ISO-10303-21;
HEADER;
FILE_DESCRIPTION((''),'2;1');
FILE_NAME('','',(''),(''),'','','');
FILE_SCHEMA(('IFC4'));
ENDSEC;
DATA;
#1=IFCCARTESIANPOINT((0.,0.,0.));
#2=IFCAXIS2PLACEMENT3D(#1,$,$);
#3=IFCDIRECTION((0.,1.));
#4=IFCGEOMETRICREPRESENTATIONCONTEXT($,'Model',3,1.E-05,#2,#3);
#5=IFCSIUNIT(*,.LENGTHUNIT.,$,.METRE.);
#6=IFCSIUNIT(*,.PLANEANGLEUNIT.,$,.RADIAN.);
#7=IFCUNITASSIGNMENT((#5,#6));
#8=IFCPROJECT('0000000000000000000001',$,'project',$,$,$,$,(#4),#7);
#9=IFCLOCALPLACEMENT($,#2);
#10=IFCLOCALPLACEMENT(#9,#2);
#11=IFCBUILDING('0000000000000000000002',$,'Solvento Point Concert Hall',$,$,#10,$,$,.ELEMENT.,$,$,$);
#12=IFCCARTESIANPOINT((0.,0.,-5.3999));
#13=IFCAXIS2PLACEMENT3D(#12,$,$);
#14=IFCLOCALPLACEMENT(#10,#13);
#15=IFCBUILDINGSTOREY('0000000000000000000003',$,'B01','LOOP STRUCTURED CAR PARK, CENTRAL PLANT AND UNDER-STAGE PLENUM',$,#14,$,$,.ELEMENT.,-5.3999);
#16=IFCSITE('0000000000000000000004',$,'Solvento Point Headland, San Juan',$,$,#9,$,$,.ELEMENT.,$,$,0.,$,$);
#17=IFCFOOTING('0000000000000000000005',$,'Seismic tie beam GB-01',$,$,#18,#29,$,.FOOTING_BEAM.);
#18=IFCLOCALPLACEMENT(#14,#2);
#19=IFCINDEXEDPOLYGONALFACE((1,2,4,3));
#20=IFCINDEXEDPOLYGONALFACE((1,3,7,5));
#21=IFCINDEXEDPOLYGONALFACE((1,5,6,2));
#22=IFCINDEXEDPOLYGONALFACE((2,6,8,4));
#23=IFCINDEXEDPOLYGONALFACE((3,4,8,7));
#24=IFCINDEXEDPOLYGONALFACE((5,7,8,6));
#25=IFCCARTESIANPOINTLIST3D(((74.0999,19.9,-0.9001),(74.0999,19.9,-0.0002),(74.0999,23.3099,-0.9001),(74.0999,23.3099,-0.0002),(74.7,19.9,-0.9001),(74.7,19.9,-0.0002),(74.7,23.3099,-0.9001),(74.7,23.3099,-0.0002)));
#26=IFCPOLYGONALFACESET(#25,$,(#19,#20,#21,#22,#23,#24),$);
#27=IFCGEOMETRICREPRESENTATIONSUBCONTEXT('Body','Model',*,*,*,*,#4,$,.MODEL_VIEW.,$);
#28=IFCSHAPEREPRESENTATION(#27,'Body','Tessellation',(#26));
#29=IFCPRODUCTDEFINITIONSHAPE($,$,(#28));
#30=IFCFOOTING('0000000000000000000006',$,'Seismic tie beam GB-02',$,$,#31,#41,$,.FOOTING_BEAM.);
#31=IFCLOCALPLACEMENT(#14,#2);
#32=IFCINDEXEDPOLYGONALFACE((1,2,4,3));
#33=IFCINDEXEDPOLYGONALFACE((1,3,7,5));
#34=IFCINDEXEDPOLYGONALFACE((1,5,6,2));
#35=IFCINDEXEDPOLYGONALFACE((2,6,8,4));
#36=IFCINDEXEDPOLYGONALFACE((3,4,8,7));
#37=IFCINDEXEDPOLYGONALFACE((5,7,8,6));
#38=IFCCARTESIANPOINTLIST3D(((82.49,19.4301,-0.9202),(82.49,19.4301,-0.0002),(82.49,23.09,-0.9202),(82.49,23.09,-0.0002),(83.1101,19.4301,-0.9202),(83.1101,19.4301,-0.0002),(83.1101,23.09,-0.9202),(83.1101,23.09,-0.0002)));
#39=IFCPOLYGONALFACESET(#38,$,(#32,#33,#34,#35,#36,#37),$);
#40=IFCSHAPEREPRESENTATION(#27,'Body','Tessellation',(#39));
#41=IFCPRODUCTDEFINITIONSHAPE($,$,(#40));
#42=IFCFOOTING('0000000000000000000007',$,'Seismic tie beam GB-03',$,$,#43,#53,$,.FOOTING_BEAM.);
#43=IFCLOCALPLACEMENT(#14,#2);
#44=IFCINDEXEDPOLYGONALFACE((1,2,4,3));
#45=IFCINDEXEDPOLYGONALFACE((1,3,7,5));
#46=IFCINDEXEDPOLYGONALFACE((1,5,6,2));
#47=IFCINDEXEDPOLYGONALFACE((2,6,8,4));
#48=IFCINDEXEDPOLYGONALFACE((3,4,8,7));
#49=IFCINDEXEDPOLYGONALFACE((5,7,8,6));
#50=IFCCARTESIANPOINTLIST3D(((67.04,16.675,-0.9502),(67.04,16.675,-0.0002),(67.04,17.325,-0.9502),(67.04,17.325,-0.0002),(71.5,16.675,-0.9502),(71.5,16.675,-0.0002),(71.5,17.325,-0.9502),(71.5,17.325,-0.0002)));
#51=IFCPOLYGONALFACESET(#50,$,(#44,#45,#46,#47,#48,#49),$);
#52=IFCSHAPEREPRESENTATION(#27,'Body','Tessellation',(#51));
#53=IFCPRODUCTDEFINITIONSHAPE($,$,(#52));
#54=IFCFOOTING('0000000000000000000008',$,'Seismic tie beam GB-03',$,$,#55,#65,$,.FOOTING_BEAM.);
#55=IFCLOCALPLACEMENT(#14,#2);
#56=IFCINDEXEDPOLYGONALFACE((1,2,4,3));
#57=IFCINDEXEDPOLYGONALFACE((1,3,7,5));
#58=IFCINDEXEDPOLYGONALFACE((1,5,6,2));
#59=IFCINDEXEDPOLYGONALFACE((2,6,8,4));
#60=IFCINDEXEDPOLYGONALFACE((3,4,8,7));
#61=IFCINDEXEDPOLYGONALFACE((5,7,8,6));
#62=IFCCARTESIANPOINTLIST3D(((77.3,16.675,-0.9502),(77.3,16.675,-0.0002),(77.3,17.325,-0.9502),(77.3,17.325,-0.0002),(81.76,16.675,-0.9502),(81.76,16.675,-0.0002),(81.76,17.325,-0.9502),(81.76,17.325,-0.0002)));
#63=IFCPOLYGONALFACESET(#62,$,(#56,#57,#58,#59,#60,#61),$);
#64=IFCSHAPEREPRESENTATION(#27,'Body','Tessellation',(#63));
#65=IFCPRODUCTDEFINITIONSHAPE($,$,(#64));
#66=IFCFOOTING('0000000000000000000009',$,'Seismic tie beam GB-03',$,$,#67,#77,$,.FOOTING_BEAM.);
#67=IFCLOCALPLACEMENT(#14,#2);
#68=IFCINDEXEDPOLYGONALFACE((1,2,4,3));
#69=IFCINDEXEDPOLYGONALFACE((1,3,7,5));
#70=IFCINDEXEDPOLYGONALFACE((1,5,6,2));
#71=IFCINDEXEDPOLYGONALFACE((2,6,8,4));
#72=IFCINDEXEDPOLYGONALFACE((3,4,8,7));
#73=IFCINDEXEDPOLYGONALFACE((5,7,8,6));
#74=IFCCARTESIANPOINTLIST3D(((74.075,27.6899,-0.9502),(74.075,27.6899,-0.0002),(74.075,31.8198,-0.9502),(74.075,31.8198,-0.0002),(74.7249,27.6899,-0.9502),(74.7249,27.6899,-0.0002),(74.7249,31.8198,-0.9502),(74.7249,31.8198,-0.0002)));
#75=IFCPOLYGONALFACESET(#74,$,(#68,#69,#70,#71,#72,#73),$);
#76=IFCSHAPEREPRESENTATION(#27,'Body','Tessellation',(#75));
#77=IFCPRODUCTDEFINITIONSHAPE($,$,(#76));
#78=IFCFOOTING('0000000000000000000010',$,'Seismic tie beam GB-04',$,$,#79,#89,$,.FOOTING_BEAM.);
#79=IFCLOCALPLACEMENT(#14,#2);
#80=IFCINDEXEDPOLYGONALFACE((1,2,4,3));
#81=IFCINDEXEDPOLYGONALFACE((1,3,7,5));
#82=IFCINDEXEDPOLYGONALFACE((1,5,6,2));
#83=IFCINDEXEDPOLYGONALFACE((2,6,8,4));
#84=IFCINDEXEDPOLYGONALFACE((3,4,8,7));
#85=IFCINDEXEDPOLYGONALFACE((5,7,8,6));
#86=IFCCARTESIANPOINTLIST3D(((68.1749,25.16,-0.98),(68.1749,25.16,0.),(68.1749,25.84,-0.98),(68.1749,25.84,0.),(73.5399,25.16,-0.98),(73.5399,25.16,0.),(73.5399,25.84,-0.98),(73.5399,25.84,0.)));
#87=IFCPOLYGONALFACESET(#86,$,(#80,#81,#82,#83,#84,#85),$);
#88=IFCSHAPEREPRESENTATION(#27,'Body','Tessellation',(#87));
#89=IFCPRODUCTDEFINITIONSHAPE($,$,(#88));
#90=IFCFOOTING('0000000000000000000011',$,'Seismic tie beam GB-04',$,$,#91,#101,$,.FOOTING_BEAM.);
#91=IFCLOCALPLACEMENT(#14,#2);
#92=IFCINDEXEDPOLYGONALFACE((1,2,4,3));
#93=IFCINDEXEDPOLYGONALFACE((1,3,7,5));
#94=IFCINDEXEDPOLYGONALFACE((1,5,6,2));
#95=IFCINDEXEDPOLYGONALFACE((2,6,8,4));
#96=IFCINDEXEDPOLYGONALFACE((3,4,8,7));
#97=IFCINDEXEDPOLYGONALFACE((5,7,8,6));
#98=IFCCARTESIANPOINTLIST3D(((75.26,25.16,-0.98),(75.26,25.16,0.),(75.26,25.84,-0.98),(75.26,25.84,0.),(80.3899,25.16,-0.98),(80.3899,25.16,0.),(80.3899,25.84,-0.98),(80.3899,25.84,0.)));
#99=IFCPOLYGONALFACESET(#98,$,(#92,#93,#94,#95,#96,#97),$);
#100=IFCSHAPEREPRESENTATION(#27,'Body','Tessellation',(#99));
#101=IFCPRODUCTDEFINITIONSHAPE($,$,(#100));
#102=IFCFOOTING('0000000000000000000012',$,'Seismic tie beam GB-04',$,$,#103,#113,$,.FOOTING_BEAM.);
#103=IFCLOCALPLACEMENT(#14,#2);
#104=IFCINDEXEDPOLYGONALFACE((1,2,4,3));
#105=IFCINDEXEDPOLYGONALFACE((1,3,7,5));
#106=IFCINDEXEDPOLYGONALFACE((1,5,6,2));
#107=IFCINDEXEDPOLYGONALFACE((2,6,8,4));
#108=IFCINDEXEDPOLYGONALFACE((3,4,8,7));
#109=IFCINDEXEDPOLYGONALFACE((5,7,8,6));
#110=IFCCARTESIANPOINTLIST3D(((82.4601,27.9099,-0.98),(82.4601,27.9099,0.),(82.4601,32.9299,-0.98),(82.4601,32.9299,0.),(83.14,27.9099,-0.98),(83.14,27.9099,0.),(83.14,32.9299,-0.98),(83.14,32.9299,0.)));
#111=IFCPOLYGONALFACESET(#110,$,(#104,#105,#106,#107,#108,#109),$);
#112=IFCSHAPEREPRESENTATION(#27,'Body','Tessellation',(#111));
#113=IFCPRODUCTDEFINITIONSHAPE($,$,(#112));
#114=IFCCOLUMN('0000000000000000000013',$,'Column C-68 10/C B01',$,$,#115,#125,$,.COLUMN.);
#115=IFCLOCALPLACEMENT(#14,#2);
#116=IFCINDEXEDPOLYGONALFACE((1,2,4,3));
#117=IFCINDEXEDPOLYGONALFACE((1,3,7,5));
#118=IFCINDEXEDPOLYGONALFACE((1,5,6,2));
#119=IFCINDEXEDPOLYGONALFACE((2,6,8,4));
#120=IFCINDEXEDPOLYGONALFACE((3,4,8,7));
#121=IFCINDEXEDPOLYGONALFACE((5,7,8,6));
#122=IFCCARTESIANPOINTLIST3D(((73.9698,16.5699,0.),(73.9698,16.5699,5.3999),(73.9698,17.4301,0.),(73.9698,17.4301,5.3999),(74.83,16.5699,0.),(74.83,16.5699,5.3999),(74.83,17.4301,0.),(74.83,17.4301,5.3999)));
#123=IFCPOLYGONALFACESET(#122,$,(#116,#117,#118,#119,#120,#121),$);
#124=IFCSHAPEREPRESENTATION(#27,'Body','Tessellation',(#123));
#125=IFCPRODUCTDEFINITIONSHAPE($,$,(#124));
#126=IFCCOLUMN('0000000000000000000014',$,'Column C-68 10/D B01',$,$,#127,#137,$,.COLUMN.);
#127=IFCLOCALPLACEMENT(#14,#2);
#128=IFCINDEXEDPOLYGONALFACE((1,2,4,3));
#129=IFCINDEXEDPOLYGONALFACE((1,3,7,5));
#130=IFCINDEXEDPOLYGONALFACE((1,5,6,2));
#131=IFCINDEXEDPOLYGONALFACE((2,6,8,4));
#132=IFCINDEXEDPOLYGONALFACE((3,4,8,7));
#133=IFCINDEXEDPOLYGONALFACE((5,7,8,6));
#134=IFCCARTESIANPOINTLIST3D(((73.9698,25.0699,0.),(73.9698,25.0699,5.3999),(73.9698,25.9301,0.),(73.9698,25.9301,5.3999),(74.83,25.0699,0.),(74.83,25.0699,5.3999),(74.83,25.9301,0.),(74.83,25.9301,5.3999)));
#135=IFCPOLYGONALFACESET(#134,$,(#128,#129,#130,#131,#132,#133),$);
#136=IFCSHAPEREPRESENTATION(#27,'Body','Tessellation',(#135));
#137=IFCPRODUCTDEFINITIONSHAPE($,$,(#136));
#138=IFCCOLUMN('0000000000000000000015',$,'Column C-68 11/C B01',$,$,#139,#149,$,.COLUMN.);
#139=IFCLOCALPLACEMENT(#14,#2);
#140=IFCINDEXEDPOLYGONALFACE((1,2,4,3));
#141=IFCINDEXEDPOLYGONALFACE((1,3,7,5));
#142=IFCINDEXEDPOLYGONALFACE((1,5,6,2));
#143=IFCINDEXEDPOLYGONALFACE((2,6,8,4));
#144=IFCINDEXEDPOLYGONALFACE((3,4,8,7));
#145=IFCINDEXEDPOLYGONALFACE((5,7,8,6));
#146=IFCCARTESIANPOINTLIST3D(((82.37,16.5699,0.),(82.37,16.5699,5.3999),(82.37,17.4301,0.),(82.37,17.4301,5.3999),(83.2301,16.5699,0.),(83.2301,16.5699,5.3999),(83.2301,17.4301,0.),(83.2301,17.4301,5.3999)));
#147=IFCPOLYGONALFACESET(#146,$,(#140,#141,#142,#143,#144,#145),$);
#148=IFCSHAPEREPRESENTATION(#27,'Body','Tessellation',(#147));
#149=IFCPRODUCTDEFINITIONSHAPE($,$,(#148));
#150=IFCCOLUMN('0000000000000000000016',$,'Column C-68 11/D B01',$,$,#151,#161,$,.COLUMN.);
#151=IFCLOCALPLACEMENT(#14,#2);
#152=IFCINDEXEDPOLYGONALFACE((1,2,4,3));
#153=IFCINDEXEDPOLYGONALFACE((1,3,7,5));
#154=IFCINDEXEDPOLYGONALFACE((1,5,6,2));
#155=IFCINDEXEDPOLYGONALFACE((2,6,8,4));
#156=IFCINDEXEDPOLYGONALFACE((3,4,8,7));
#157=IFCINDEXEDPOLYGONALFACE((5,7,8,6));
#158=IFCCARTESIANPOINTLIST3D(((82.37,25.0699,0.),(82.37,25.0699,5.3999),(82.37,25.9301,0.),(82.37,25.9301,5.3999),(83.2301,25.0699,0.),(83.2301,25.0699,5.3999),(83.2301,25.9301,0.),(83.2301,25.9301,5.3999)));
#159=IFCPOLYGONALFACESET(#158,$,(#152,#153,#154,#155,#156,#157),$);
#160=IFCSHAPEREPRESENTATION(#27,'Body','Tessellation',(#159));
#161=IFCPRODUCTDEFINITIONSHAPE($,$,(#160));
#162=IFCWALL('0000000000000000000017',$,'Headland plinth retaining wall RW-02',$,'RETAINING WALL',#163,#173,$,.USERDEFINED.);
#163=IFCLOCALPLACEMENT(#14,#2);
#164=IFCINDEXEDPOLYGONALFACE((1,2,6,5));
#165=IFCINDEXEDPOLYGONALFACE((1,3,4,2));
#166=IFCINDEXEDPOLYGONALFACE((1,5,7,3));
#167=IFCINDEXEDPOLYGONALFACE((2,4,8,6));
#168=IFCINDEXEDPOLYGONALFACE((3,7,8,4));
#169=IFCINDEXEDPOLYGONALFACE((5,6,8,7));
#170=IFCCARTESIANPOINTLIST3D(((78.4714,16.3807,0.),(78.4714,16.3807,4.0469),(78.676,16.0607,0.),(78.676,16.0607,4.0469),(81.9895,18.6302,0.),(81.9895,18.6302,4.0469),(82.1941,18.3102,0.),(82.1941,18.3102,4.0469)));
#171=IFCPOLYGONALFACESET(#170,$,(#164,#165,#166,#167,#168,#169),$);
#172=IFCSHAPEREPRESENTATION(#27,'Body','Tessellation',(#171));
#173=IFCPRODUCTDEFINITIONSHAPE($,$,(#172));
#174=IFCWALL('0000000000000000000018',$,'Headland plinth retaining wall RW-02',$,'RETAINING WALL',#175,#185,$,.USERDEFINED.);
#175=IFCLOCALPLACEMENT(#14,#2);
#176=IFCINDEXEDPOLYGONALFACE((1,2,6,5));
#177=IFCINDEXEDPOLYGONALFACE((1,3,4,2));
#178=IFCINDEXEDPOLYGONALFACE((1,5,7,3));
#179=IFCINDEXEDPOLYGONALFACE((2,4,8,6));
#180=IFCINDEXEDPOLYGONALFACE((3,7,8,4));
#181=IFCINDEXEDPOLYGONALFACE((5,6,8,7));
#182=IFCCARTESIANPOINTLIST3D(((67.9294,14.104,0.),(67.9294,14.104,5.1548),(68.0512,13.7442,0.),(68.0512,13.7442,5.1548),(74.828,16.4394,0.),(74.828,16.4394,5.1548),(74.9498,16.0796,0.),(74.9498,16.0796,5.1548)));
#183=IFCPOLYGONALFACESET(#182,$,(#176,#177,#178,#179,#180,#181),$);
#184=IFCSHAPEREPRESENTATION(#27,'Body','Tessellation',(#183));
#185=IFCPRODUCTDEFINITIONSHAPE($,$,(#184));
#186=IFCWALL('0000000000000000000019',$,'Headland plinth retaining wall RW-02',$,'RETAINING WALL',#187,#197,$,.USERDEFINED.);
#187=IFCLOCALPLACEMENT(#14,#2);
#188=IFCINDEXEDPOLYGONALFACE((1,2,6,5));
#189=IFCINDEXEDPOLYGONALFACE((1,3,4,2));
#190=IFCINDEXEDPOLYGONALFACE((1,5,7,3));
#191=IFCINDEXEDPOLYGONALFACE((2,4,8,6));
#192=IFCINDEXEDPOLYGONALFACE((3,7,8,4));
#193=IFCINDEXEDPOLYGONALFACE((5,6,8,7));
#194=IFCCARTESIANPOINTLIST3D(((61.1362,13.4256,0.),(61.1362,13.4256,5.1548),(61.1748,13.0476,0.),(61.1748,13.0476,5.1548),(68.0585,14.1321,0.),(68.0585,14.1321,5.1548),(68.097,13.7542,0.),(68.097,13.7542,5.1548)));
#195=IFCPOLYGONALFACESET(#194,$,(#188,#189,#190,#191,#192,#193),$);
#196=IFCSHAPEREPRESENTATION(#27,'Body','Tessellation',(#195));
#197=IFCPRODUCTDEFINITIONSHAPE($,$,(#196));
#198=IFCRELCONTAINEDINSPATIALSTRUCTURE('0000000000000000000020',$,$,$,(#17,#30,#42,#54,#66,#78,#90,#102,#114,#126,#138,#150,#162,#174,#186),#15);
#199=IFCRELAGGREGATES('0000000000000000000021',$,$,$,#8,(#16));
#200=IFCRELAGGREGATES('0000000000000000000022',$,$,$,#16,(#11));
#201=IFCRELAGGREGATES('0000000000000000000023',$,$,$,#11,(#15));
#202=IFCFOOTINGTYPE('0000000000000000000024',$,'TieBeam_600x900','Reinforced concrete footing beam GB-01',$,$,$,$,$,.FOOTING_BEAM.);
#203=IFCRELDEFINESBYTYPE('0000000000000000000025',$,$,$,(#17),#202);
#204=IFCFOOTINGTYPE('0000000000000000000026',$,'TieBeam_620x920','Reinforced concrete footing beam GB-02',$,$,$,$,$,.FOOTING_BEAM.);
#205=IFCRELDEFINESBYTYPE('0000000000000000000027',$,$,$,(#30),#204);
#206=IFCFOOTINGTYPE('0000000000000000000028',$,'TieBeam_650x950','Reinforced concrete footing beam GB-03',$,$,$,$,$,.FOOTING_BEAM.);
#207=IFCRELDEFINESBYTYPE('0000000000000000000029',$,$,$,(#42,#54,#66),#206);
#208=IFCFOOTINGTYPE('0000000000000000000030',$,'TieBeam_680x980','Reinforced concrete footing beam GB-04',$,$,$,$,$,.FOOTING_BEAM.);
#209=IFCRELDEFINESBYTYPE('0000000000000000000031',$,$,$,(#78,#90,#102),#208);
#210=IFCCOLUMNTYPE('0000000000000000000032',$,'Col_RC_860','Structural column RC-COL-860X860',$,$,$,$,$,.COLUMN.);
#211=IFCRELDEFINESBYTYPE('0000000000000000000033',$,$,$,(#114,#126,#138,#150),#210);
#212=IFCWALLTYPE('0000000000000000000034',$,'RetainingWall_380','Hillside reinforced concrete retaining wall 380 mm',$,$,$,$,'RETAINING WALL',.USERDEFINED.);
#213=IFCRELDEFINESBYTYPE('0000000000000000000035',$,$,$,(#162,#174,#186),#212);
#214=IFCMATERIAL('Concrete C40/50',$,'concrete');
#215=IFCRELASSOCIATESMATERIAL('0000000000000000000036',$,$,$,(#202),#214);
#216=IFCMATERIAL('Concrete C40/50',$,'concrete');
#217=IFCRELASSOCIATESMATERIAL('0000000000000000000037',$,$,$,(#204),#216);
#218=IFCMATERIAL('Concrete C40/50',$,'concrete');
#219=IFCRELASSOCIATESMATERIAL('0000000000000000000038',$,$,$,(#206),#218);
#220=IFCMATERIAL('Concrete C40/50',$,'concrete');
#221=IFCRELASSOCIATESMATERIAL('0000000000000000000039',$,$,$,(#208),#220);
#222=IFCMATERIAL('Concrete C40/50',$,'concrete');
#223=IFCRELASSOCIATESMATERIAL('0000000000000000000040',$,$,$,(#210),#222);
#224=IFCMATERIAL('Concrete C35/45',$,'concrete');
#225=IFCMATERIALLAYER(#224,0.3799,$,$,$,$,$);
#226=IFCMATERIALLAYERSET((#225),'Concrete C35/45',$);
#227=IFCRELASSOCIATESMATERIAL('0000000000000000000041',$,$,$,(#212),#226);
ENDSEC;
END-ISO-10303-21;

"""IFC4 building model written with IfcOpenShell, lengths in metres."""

from ifc_helpers import new_model, si_unit, direction, frame, frame_2d, origin, origin_2d, place, context, subcontext, project, spatial, rectangle, extrude, material, layer, layer_set, material_profile, profile_set, type_object, element, save


model = new_model("IFC4")

# Units and contexts
model_context = context("Model", 3, precision=1e-05, world=origin(), true_north=direction((0.0, 1.0)))
body_context = subcontext(model_context, "Body", "Model", "MODEL_VIEW")
ifc_project = project(units=[si_unit("LENGTHUNIT", "METRE"), si_unit("PLANEANGLEUNIT", "RADIAN")], contexts=[model_context])

# Site, building, storey
site_placement = place(None, origin())
site = spatial("IfcSite", under=ifc_project, at=site_placement, Name="Solvento Point Headland, San Juan", CompositionType="ELEMENT", RefElevation=0.0)
building_placement = place(site_placement, origin())
building = spatial("IfcBuilding", under=site, at=building_placement, Name="Solvento Point Concert Hall", CompositionType="ELEMENT")
storey_placement = place(building_placement, frame((0.0, 0.0, -5.3999)))
storey = spatial("IfcBuildingStorey", under=building, at=storey_placement, Name="B01", Description="LOOP STRUCTURED CAR PARK, CENTRAL PLANT AND UNDER-STAGE PLENUM", CompositionType="ELEMENT", Elevation=-5.3999)

# Footings
ifc_material_1 = material(Name="Concrete C40/50", Category="concrete")
footing_type_1 = type_object("IfcFootingType", Name="TieBeam_600x900", Description="Reinforced concrete footing beam GB-01", PredefinedType="FOOTING_BEAM", material=ifc_material_1)
footing_1_placement = place(storey_placement, frame((74.3999, 21.605, -0.9001), z_axis=(0.0, 0.0, 1.0), x_axis=(0.0, 1.0, 0.0)))
element("IfcFooting", 1, at=footing_1_placement, inside=storey, type_object=footing_type_1, Name="Seismic tie beam GB-01", PredefinedType="FOOTING_BEAM", context=body_context, shape_type="SweptSolid", body=[
    extrude(rectangle(XDim=3.4099, YDim=0.6001, at=origin_2d()), origin(), (0.0, 0.0, 1.0), 0.8999),
])
ifc_material_2 = material(Name="Concrete C40/50", Category="concrete")
footing_type_2 = type_object("IfcFootingType", Name="TieBeam_620x920", Description="Reinforced concrete footing beam GB-02", PredefinedType="FOOTING_BEAM", material=ifc_material_2)
footing_2_placement = place(storey_placement, frame((82.8, 21.26, -0.9202), z_axis=(0.0, 0.0, 1.0), x_axis=(0.0, 1.0, 0.0)))
element("IfcFooting", 2, at=footing_2_placement, inside=storey, type_object=footing_type_2, Name="Seismic tie beam GB-02", PredefinedType="FOOTING_BEAM", context=body_context, shape_type="SweptSolid", body=[
    extrude(rectangle(XDim=3.6599, YDim=0.6201, at=origin_2d()), origin(), (0.0, 0.0, 1.0), 0.9199),
])
ifc_material_3 = material(Name="Concrete C40/50", Category="concrete")
footing_type_3 = type_object("IfcFootingType", Name="TieBeam_650x950", Description="Reinforced concrete footing beam GB-03", PredefinedType="FOOTING_BEAM", material=ifc_material_3)
for number, where, z_axis, x_axis, name in (
    (3, (69.27, 17.0, -0.9502), (0.0, 0.0, 1.0), (1.0, 0.0, 0.0), "Seismic tie beam GB-03"),
    (4, (79.53, 17.0, -0.9502), (0.0, 0.0, 1.0), (1.0, 0.0, 0.0), "Seismic tie beam GB-03"),
):
    element("IfcFooting", number, at=place(storey_placement, frame(where, z_axis=z_axis, x_axis=x_axis)), inside=storey, type_object=footing_type_3, Name=name, PredefinedType="FOOTING_BEAM", context=body_context, shape_type="SweptSolid", body=[
        extrude(rectangle(XDim=4.46, YDim=0.6499, at=origin_2d()), origin(), (0.0, 0.0, 1.0), 0.95),
    ])
footing_3_placement = place(storey_placement, frame((74.3999, 29.7549, -0.9502), z_axis=(0.0, 0.0, 1.0), x_axis=(0.0, 1.0, 0.0)))
element("IfcFooting", 5, at=footing_3_placement, inside=storey, type_object=footing_type_3, Name="Seismic tie beam GB-03", PredefinedType="FOOTING_BEAM", context=body_context, shape_type="SweptSolid", body=[
    extrude(rectangle(XDim=4.1299, YDim=0.6499, at=origin_2d()), origin(), (0.0, 0.0, 1.0), 0.95),
])
ifc_material_4 = material(Name="Concrete C40/50", Category="concrete")
footing_type_4 = type_object("IfcFootingType", Name="TieBeam_680x980", Description="Reinforced concrete footing beam GB-04", PredefinedType="FOOTING_BEAM", material=ifc_material_4)
footing_4_placement = place(storey_placement, frame((70.8574, 25.5, -0.98), z_axis=(0.0, 0.0, 1.0), x_axis=(1.0, 0.0, 0.0)))
element("IfcFooting", 6, at=footing_4_placement, inside=storey, type_object=footing_type_4, Name="Seismic tie beam GB-04", PredefinedType="FOOTING_BEAM", context=body_context, shape_type="SweptSolid", body=[
    extrude(rectangle(XDim=5.365, YDim=0.6799, at=origin_2d()), origin(), (0.0, 0.0, 1.0), 0.98),
])
footing_5_placement = place(storey_placement, frame((77.825, 25.5, -0.98), z_axis=(0.0, 0.0, 1.0), x_axis=(1.0, 0.0, 0.0)))
element("IfcFooting", 7, at=footing_5_placement, inside=storey, type_object=footing_type_4, Name="Seismic tie beam GB-04", PredefinedType="FOOTING_BEAM", context=body_context, shape_type="SweptSolid", body=[
    extrude(rectangle(XDim=5.1299, YDim=0.6799, at=origin_2d()), origin(), (0.0, 0.0, 1.0), 0.98),
])
footing_6_placement = place(storey_placement, frame((82.8, 30.4199, -0.98), z_axis=(0.0, 0.0, 1.0), x_axis=(0.0, 1.0, 0.0)))
element("IfcFooting", 8, at=footing_6_placement, inside=storey, type_object=footing_type_4, Name="Seismic tie beam GB-04", PredefinedType="FOOTING_BEAM", context=body_context, shape_type="SweptSolid", body=[
    extrude(rectangle(XDim=5.02, YDim=0.6799, at=origin_2d()), origin(), (0.0, 0.0, 1.0), 0.98),
])

# Columns
ifc_material_5 = material(Name="Concrete C40/50", Category="concrete")
ifc_material_profile_1 = material_profile(ifc_material_5, rectangle(XDim=0.8601, YDim=0.8601, at=origin_2d()), Name="RC-COL-860X860")
ifc_profile_set_1 = profile_set([ifc_material_profile_1], Name="Concrete C40/50")
column_type = type_object("IfcColumnType", Name="Col_RC_860", Description="Structural column RC-COL-860X860", PredefinedType="COLUMN", material=ifc_profile_set_1)
for number, where, z_axis, x_axis, name in (
    (9, (74.3999, 17.0, 0.0), (0.0, 0.0, 1.0), (1.0, 0.0, 0.0), "Column C-68 10/C B01"),
    (10, (74.3999, 25.5, 0.0), (0.0, 0.0, 1.0), (1.0, 0.0, 0.0), "Column C-68 10/D B01"),
    (11, (82.8, 17.0, 0.0), (0.0, 0.0, 1.0), (1.0, 0.0, 0.0), "Column C-68 11/C B01"),
    (12, (82.8, 25.5, 0.0), (0.0, 0.0, 1.0), (1.0, 0.0, 0.0), "Column C-68 11/D B01"),
):
    element("IfcColumn", number, at=place(storey_placement, frame(where, z_axis=z_axis, x_axis=x_axis)), inside=storey, type_object=column_type, Name=name, PredefinedType="COLUMN", context=body_context, shape_type="SweptSolid", body=[
        extrude(rectangle(XDim=0.8601, YDim=0.8601, at=origin_2d()), origin(), (0.0, 0.0, 1.0), 5.3999),
    ])

# Walls
ifc_material_6 = material(Name="Concrete C35/45", Category="concrete")
ifc_layer_1 = layer(ifc_material_6, 0.3799)
ifc_layer_set_1 = layer_set([ifc_layer_1], Name="Concrete C35/45")
wall_type_1 = type_object("IfcWallType", Name="RetainingWall_380", Description="Hillside reinforced concrete retaining wall 380 mm", ElementType="RETAINING WALL", PredefinedType="USERDEFINED", material=ifc_layer_set_1)
wall_1_placement = place(storey_placement, frame((82.0918, 18.4702, 0.0), z_axis=(0.0, 0.0, 1.0), x_axis=(-0.842494, -0.538705, 0.0)))
element("IfcWall", 13, at=wall_1_placement, inside=storey, type_object=wall_type_1, Name="Headland plinth retaining wall RW-02", ObjectType="RETAINING WALL", PredefinedType="USERDEFINED", context=body_context, shape_type="SweptSolid", body=[
    extrude(rectangle(XDim=4.1758, YDim=0.3799, at=frame_2d((2.0879, 0.0))), origin(), (0.0, 0.0, 1.0), 4.0469),
])
wall_2_placement = place(storey_placement, frame((74.8889, 16.2595, 0.0), z_axis=(0.0, 0.0, 1.0), x_axis=(-0.947195, -0.320659, 0.0)))
element("IfcWall", 14, at=wall_2_placement, inside=storey, type_object=wall_type_1, Name="Headland plinth retaining wall RW-02", ObjectType="RETAINING WALL", PredefinedType="USERDEFINED", context=body_context, shape_type="SweptSolid", body=[
    extrude(rectangle(XDim=7.2832, YDim=0.3799, at=frame_2d((3.6416, 0.0))), origin(), (0.0, 0.0, 1.0), 5.1548),
])
wall_3_placement = place(storey_placement, frame((68.0776, 13.9431, 0.0), z_axis=(0.0, 0.0, 1.0), x_axis=(-0.994832, -0.101539, 0.0)))
element("IfcWall", 15, at=wall_3_placement, inside=storey, type_object=wall_type_1, Name="Headland plinth retaining wall RW-02", ObjectType="RETAINING WALL", PredefinedType="USERDEFINED", context=body_context, shape_type="SweptSolid", body=[
    extrude(rectangle(XDim=6.9583, YDim=0.3799, at=frame_2d((3.479, 0.0))), origin(), (0.0, 0.0, 1.0), 5.1548),
])

save(model, "model.ifc")
